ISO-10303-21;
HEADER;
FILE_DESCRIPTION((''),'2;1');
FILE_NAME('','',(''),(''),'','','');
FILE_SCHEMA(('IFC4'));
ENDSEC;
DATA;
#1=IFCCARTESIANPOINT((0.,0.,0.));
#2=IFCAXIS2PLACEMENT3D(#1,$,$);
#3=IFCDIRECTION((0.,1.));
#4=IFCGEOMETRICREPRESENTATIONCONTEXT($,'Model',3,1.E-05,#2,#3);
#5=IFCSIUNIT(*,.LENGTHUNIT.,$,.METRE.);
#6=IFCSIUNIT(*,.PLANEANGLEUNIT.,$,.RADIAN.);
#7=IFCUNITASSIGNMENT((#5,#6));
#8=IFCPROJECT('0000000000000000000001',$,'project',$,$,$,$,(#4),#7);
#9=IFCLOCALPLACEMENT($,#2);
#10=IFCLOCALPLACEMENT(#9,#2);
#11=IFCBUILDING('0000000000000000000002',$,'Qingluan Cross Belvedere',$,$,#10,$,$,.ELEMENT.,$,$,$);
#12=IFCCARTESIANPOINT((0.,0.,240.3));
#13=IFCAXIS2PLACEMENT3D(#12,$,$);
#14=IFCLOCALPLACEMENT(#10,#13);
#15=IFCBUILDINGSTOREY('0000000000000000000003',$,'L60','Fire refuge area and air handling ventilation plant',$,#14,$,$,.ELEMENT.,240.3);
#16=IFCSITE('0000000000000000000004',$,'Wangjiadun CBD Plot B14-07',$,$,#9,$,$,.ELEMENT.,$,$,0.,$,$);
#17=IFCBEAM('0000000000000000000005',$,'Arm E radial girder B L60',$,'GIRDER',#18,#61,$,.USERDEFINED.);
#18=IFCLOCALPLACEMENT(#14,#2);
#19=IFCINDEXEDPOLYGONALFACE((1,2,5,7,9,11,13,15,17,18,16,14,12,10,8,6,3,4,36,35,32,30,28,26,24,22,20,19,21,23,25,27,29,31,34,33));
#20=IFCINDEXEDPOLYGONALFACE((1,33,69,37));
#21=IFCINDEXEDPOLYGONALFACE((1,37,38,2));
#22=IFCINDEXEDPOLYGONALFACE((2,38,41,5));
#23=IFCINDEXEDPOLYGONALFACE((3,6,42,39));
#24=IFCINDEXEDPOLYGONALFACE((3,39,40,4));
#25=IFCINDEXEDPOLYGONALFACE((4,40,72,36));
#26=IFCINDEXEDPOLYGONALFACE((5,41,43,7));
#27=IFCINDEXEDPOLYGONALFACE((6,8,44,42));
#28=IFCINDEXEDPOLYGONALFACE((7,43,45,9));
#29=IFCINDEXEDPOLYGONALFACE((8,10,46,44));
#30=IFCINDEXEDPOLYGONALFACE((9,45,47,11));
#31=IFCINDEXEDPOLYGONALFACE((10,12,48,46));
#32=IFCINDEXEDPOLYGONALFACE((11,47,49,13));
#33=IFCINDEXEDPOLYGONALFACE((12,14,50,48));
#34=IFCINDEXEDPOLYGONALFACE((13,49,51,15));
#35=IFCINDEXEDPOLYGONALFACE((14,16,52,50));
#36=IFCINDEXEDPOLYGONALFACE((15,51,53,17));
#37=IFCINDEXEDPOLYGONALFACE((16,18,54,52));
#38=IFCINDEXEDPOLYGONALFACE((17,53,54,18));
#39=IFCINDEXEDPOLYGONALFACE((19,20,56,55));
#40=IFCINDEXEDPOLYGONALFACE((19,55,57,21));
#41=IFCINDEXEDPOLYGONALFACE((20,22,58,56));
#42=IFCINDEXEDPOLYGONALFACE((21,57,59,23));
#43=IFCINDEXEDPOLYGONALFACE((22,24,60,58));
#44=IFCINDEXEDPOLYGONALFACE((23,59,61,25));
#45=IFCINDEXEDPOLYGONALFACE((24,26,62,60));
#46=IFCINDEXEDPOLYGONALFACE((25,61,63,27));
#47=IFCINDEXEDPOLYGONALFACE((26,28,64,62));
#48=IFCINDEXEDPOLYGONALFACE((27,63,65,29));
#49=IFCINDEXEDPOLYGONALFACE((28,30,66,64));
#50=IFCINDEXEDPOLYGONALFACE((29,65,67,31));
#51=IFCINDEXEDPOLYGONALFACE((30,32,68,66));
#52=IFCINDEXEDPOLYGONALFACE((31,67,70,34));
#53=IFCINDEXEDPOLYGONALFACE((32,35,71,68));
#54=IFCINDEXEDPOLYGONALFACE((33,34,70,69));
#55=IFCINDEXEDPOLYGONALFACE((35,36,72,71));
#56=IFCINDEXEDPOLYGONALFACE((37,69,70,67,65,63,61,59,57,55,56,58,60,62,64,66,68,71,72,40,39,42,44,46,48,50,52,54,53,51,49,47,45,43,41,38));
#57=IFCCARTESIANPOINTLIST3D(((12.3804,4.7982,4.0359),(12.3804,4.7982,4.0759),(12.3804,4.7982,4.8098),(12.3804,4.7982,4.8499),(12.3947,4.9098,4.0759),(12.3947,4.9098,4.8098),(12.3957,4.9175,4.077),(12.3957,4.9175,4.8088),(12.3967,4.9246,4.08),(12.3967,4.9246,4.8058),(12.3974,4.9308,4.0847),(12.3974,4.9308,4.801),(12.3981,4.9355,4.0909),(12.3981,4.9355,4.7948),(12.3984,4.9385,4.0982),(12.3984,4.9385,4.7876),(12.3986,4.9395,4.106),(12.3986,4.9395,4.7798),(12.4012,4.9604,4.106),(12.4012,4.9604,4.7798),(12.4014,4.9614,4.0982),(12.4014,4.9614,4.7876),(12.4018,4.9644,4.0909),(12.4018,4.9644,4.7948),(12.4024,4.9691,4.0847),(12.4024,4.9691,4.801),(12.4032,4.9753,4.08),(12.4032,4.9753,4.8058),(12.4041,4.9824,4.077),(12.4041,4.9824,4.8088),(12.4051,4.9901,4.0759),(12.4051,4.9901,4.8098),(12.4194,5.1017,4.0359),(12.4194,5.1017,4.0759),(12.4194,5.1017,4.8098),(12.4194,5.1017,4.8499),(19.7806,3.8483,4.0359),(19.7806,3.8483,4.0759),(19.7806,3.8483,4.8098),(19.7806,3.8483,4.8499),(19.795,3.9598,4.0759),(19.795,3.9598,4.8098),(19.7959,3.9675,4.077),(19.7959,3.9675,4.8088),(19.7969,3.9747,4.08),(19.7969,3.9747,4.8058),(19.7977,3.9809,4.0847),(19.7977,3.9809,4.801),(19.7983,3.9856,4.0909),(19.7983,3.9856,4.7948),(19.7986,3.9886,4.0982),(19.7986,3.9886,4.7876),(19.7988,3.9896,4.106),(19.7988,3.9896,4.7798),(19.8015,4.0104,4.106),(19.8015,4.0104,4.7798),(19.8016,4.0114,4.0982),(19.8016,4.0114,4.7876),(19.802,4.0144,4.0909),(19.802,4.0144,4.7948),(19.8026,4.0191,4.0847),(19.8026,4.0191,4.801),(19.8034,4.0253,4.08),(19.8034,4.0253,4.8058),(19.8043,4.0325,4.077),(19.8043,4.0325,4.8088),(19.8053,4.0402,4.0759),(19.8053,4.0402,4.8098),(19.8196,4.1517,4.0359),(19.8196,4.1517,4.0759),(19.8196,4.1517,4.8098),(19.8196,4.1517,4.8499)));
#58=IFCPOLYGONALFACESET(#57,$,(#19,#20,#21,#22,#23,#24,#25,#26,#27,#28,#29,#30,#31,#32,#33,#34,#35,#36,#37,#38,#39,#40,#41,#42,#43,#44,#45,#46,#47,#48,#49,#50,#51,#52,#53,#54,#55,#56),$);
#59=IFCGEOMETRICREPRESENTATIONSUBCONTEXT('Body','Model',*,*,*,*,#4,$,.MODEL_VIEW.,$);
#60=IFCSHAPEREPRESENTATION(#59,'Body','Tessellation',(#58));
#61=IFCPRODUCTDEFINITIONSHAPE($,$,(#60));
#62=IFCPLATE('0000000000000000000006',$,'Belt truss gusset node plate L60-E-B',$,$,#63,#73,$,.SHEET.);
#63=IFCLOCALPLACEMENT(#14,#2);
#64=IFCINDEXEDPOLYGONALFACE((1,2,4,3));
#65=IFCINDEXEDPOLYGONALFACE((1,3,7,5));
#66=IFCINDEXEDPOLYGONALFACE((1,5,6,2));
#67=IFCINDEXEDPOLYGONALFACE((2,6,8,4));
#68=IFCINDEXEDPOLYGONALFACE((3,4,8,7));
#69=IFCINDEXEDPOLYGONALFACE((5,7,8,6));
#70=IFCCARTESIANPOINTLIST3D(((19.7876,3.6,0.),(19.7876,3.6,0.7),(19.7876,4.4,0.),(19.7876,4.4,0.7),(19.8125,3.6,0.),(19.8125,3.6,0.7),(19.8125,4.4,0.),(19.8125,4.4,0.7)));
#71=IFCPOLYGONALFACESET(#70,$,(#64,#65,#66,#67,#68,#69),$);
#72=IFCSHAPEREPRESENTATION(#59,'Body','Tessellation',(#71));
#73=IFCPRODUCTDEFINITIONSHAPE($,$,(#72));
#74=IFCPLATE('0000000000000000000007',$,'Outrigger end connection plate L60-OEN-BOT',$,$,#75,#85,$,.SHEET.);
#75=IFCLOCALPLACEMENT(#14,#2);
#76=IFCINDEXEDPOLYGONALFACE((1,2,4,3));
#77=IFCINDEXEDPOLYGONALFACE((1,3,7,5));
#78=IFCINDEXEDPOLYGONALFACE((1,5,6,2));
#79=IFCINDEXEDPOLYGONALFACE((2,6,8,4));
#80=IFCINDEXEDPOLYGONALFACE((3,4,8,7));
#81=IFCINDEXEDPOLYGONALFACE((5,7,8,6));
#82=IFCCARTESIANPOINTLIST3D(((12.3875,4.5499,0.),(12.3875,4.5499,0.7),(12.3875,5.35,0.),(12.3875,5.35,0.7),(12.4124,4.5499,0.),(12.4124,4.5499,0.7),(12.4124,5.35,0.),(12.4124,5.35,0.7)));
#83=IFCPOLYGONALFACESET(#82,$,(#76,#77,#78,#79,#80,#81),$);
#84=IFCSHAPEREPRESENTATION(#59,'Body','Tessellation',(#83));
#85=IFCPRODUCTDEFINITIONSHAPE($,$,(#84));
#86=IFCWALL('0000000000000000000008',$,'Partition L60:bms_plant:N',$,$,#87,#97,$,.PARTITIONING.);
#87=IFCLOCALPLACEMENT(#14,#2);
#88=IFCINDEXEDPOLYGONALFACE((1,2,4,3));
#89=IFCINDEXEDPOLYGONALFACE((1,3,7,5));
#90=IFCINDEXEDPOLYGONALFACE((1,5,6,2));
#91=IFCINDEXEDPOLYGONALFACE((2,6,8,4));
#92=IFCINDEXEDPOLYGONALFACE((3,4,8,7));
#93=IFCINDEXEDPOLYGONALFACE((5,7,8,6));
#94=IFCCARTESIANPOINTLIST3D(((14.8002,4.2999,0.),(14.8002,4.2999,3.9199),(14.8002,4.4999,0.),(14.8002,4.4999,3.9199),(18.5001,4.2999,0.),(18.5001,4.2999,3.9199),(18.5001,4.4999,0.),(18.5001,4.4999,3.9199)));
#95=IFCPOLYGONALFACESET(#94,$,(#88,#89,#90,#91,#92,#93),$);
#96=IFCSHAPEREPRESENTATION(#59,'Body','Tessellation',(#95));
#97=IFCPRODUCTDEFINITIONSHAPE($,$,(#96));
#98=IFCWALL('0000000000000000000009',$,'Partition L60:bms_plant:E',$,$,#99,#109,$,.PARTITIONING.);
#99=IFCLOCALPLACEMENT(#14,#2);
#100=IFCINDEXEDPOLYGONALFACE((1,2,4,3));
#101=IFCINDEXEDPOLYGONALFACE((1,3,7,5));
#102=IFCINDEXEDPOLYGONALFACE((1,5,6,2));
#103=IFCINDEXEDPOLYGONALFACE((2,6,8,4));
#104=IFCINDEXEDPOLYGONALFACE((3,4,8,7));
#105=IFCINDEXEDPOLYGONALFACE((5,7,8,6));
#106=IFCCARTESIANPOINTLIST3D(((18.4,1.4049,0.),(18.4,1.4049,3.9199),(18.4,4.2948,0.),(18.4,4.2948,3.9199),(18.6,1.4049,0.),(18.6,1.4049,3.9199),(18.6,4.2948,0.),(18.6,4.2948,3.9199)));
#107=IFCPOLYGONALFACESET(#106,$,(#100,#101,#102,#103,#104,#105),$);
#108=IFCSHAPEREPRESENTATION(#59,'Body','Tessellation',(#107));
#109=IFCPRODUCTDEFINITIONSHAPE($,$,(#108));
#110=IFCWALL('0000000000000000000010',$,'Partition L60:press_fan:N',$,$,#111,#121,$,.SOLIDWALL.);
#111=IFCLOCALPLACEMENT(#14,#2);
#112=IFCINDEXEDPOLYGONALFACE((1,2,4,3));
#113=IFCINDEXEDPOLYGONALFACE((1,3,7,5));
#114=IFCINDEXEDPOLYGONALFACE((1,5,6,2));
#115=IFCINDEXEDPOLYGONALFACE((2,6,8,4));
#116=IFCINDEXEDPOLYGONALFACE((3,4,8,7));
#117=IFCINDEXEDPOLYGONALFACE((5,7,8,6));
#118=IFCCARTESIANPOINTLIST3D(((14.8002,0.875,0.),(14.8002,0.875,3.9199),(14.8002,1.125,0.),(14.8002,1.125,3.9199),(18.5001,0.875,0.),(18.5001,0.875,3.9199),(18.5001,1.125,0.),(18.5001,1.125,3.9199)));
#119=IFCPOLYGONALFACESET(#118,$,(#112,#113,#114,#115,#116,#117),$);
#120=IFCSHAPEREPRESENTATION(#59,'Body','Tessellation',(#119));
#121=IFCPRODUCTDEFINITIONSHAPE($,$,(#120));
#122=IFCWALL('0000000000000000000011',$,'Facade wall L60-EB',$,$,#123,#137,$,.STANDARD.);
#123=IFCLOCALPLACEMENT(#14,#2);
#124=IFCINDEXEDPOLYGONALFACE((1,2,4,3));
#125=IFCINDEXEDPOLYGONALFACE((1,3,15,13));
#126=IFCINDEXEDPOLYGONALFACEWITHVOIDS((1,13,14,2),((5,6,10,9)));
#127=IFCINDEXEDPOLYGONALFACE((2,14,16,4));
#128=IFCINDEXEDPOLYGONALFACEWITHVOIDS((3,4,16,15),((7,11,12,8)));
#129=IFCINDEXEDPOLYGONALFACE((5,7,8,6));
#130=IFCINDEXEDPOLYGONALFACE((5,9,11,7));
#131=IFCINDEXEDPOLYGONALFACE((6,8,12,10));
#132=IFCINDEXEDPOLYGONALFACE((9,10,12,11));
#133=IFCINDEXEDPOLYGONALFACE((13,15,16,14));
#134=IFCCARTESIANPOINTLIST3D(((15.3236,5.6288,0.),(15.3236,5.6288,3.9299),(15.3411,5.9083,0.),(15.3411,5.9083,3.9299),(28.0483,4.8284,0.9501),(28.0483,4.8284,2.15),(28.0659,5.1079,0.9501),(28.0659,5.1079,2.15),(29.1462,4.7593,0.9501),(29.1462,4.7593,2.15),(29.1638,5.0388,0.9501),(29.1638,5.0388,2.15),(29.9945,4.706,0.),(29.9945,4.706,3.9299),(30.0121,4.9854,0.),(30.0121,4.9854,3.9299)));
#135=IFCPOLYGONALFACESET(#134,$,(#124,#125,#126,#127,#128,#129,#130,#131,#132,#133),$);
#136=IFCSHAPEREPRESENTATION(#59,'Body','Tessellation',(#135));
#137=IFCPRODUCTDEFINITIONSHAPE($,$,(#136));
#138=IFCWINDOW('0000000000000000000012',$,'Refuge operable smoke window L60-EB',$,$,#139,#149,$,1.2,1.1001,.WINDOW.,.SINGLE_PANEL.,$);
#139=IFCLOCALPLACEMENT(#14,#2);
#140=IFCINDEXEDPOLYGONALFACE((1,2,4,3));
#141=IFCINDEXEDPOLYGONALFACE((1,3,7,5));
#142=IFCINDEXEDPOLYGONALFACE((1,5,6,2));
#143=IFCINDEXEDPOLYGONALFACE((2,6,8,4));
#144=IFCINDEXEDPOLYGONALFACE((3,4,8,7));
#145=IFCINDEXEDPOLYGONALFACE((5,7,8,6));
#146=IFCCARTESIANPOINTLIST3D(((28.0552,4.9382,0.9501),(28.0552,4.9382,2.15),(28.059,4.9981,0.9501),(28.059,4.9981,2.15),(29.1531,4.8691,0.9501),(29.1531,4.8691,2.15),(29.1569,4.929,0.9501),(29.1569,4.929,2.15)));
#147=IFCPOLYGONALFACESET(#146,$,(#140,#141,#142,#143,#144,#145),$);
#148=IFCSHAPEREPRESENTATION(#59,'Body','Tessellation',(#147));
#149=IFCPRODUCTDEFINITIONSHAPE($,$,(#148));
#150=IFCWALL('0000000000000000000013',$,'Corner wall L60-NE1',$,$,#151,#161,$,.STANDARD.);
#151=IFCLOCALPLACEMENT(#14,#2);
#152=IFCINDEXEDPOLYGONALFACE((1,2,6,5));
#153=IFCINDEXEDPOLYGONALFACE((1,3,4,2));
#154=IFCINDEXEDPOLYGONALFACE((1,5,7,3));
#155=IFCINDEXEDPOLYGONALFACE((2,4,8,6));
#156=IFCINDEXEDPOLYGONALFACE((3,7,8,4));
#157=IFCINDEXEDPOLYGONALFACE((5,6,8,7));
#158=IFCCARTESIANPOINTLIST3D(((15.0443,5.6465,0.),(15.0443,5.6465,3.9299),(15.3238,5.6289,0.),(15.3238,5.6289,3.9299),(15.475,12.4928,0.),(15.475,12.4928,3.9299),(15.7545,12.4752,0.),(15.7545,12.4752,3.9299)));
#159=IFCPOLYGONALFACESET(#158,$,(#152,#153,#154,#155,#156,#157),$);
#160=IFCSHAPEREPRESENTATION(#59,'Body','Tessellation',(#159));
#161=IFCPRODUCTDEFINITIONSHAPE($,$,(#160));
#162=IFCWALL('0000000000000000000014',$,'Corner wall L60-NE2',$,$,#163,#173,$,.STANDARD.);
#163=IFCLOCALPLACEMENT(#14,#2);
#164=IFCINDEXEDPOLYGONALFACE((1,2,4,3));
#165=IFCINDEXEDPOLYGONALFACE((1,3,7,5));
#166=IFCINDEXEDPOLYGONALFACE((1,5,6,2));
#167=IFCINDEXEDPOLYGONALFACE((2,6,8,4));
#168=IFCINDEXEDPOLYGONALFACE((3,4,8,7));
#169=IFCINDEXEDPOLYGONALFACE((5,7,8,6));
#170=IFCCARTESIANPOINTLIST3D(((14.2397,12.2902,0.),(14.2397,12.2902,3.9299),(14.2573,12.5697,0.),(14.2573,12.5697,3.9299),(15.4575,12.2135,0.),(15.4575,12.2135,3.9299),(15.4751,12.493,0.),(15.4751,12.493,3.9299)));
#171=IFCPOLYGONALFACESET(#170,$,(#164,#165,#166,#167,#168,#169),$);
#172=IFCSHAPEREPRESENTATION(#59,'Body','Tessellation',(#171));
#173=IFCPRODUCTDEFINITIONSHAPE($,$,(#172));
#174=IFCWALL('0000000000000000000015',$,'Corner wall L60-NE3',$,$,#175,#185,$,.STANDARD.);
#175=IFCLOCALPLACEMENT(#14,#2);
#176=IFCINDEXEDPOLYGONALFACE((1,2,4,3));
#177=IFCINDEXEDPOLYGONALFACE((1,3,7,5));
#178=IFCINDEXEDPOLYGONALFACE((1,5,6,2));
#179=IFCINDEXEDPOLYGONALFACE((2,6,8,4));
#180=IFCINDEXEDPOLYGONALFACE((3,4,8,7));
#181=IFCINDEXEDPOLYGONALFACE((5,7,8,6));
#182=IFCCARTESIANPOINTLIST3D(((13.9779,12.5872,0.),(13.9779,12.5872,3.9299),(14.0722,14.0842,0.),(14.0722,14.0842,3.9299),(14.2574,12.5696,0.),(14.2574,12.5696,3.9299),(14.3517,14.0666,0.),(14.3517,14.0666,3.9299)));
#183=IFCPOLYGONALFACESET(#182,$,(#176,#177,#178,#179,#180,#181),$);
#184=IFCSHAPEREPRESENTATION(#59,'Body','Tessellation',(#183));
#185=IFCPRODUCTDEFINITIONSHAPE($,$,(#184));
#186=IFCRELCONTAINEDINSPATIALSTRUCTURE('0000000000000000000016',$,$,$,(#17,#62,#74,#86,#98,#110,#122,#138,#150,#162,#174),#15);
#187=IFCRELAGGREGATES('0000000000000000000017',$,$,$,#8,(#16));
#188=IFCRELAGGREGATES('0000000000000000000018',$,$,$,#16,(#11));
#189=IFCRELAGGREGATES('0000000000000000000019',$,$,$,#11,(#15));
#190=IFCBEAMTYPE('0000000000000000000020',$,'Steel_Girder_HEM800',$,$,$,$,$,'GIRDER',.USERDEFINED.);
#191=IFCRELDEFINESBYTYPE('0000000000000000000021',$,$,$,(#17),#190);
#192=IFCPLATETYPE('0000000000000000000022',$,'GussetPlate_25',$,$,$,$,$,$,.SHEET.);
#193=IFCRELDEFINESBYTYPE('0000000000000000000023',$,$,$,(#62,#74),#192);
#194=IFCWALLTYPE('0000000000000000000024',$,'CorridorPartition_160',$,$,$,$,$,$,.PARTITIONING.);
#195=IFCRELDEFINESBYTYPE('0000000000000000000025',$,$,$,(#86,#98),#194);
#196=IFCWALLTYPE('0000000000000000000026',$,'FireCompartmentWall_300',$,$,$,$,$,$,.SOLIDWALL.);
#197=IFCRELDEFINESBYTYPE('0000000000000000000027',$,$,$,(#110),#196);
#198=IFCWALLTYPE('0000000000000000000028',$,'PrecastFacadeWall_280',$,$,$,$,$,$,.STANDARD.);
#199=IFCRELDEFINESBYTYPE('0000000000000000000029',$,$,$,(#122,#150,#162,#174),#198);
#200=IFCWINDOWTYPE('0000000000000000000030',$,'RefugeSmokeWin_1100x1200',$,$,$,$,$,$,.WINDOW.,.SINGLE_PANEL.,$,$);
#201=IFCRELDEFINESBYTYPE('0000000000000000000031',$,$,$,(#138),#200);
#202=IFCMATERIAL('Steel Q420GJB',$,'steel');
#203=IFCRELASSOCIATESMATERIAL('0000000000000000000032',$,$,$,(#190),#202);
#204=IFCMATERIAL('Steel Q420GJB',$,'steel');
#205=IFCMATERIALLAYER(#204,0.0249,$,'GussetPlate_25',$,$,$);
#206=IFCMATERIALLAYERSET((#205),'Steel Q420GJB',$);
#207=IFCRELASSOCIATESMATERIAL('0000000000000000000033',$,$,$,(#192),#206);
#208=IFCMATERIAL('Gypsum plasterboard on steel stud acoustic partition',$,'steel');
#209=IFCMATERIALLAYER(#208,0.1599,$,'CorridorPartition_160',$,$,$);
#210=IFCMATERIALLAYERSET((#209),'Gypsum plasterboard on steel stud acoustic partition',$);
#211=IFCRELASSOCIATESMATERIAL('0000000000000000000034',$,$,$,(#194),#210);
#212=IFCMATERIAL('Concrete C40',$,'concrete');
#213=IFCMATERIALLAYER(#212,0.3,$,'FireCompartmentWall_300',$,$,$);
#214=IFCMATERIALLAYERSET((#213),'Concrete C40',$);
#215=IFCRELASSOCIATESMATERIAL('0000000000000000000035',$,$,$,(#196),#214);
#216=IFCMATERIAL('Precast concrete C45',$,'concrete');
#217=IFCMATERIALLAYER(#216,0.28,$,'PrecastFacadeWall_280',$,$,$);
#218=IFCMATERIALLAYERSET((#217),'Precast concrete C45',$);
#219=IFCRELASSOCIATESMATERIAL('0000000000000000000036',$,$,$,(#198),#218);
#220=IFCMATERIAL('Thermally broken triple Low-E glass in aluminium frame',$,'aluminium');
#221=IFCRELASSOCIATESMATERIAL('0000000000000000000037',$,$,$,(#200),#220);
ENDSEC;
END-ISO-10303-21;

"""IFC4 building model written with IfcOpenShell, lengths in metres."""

from ifc_helpers import new_model, si_unit, direction, frame, frame_2d, origin, origin_2d, place, context, subcontext, project, spatial, rectangle, i_section, extrude, material, layer, layer_set, material_profile, profile_set, type_object, element, fill, save


model = new_model("IFC4")

# Units and contexts
model_context = context("Model", 3, precision=1e-05, world=origin(), true_north=direction((0.0, 1.0)))
body_context = subcontext(model_context, "Body", "Model", "MODEL_VIEW")
ifc_project = project(units=[si_unit("LENGTHUNIT", "METRE"), si_unit("PLANEANGLEUNIT", "RADIAN")], contexts=[model_context])

# Site, building, storey
site_placement = place(None, origin())
site = spatial("IfcSite", under=ifc_project, at=site_placement, Name="Wangjiadun CBD Plot B14-07", CompositionType="ELEMENT", RefElevation=0.0)
building_placement = place(site_placement, origin())
building = spatial("IfcBuilding", under=site, at=building_placement, Name="Qingluan Cross Belvedere", CompositionType="ELEMENT")
storey_placement = place(building_placement, frame((0.0, 0.0, 240.3)))
storey = spatial("IfcBuildingStorey", under=building, at=storey_placement, Name="L60", Description="Fire refuge area and air handling ventilation plant", CompositionType="ELEMENT", Elevation=240.3)

# Beam
ifc_material_1 = material(Name="Steel Q420GJB", Category="steel")
ifc_material_profile_1 = material_profile(ifc_material_1, i_section(OverallWidth=0.3059, OverallDepth=0.814, WebThickness=0.021, FlangeThickness=0.04, FilletRadius=0.03, at=origin_2d()), Name="HEM800")
ifc_profile_set_1 = profile_set([ifc_material_profile_1], Name="Steel Q420GJB")
beam_type = type_object("IfcBeamType", Name="Steel_Girder_HEM800", ElementType="GIRDER", PredefinedType="USERDEFINED", material=ifc_profile_set_1)
beam_1_placement = place(storey_placement, frame((12.3999, 4.95, 4.4429), z_axis=(0.991861, -0.127324, 0.0), x_axis=(0.127324, 0.991861, 0.0)))
element("IfcBeam", 1, at=beam_1_placement, inside=storey, type_object=beam_type, Name="Arm E radial girder B L60", ObjectType="GIRDER", PredefinedType="USERDEFINED", context=body_context, shape_type="SweptSolid", body=[
    extrude(i_section(OverallWidth=0.3059, OverallDepth=0.814, WebThickness=0.021, FlangeThickness=0.04, FilletRadius=0.03, at=origin_2d()), origin(), (0.0, 0.0, 1.0), 7.4609),
])

# Plates
ifc_material_2 = material(Name="Steel Q420GJB", Category="steel")
ifc_layer_1 = layer(ifc_material_2, 0.0249, Name="GussetPlate_25")
ifc_layer_set_1 = layer_set([ifc_layer_1], Name="Steel Q420GJB")
plate_type = type_object("IfcPlateType", Name="GussetPlate_25", PredefinedType="SHEET", material=ifc_layer_set_1)
for number, where, z_axis, x_axis, name in (
    (2, (19.8, 4.0, 0.0), (0.0, 0.0, 1.0), (0.0, 1.0, 0.0), "Belt truss gusset node plate L60-E-B"),
    (3, (12.3999, 4.95, 0.0), (0.0, 0.0, 1.0), (0.0, 1.0, 0.0), "Outrigger end connection plate L60-OEN-BOT"),
):
    element("IfcPlate", number, at=place(storey_placement, frame(where, z_axis=z_axis, x_axis=x_axis)), inside=storey, type_object=plate_type, Name=name, PredefinedType="SHEET", context=body_context, shape_type="SweptSolid", body=[
        extrude(rectangle(XDim=0.8, YDim=0.0249, at=origin_2d()), origin(), (0.0, 0.0, 1.0), 0.7),
    ])

# Wall
ifc_material_3 = material(Name="Gypsum plasterboard on steel stud acoustic partition", Category="steel")
ifc_layer_2 = layer(ifc_material_3, 0.1599, Name="CorridorPartition_160")
ifc_layer_set_2 = layer_set([ifc_layer_2], Name="Gypsum plasterboard on steel stud acoustic partition")
wall_type_1 = type_object("IfcWallType", Name="CorridorPartition_160", PredefinedType="PARTITIONING", material=ifc_layer_set_2)
wall_1_placement = place(storey_placement, frame((14.8, 4.3999, 0.0), z_axis=(0.0, 0.0, 1.0), x_axis=(1.0, 0.0, 0.0)))
element("IfcWall", 4, at=wall_1_placement, inside=storey, type_object=wall_type_1, Name="Partition L60:bms_plant:N", PredefinedType="PARTITIONING", context=body_context, shape_type="SweptSolid", body=[
    extrude(rectangle(XDim=3.7, YDim=0.2, at=frame_2d((1.8501, 0.0))), origin(), (0.0, 0.0, 1.0), 3.9199),
])

# Walls
wall_2_placement = place(storey_placement, frame((18.5, 1.405, 0.0), z_axis=(0.0, 0.0, 1.0), x_axis=(0.0, 1.0, 0.0)))
element("IfcWall", 5, at=wall_2_placement, inside=storey, type_object=wall_type_1, Name="Partition L60:bms_plant:E", PredefinedType="PARTITIONING", context=body_context, shape_type="SweptSolid", body=[
    extrude(rectangle(XDim=2.8899, YDim=0.2, at=frame_2d((1.4448, 0.0))), origin(), (0.0, 0.0, 1.0), 3.9199),
])
ifc_material_4 = material(Name="Concrete C40", Category="concrete")
ifc_layer_3 = layer(ifc_material_4, 0.3, Name="FireCompartmentWall_300")
ifc_layer_set_3 = layer_set([ifc_layer_3], Name="Concrete C40")
wall_type_2 = type_object("IfcWallType", Name="FireCompartmentWall_300", PredefinedType="SOLIDWALL", material=ifc_layer_set_3)
wall_3_placement = place(storey_placement, frame((14.8, 1.0, 0.0), z_axis=(0.0, 0.0, 1.0), x_axis=(1.0, 0.0, 0.0)))
element("IfcWall", 6, at=wall_3_placement, inside=storey, type_object=wall_type_2, Name="Partition L60:press_fan:N", PredefinedType="SOLIDWALL", context=body_context, shape_type="SweptSolid", body=[
    extrude(rectangle(XDim=3.7, YDim=0.25, at=frame_2d((1.8501, 0.0))), origin(), (0.0, 0.0, 1.0), 3.9199),
])

# Wall, opening, window
ifc_material_5 = material(Name="Precast concrete C45", Category="concrete")
ifc_layer_4 = layer(ifc_material_5, 0.28, Name="PrecastFacadeWall_280")
ifc_layer_set_4 = layer_set([ifc_layer_4], Name="Precast concrete C45")
wall_type_3 = type_object("IfcWallType", Name="PrecastFacadeWall_280", PredefinedType="STANDARD", material=ifc_layer_set_4)
wall_4_placement = place(storey_placement, frame((30.0034, 4.8457, 0.0), z_axis=(0.0, 0.0, 1.0), x_axis=(-0.998027, 0.062779, 0.0)))
wall_4 = element("IfcWall", 7, at=wall_4_placement, inside=storey, type_object=wall_type_3, Name="Facade wall L60-EB", PredefinedType="STANDARD", context=body_context, shape_type="SweptSolid", body=[
    extrude(rectangle(XDim=14.7, YDim=0.28, at=frame_2d((7.3501, 0.0))), origin(), (0.0, 0.0, 1.0), 3.9299),
])
opening_1_placement = place(wall_4_placement, frame((0.8501, 0.0, 0.95)))
opening_1 = element("IfcOpeningElement", 8, at=opening_1_placement, cuts=wall_4, PredefinedType="OPENING", context=body_context, shape_type="SweptSolid", body=[
    extrude(rectangle(XDim=1.1001, YDim=1.2, at=frame_2d((0.55, 0.6001))), frame((0.0, 0.1499, 0.0), z_axis=(0.0, -1.0, 0.0), x_axis=(1.0, 0.0, 0.0)), (0.0, 0.0, 1.0), 0.3),
])
ifc_material_6 = material(Name="Thermally broken triple Low-E glass in aluminium frame", Category="aluminium")
window_type = type_object("IfcWindowType", Name="RefugeSmokeWin_1100x1200", PartitioningType="SINGLE_PANEL", PredefinedType="WINDOW", material=ifc_material_6)
window_placement = place(opening_1_placement, origin())
window = element("IfcWindow", 9, at=window_placement, inside=storey, type_object=window_type, Name="Refuge operable smoke window L60-EB", OverallHeight=1.2, OverallWidth=1.1001, PartitioningType="SINGLE_PANEL", PredefinedType="WINDOW", context=body_context, shape_type="SweptSolid", body=[
    extrude(rectangle(XDim=1.1001, YDim=1.2, at=frame_2d((0.55, 0.6001))), frame((0.0, 0.03, 0.0), z_axis=(0.0, -1.0, 0.0), x_axis=(1.0, 0.0, 0.0)), (0.0, 0.0, 1.0), 0.0601),
])
fill(opening_1, window)

# Walls
wall_5_placement = place(storey_placement, frame((15.1841, 5.6377, 0.0), z_axis=(0.0, 0.0, 1.0), x_axis=(0.062779, 0.998027, 0.0)))
element("IfcWall", 10, at=wall_5_placement, inside=storey, type_object=wall_type_3, Name="Corner wall L60-NE1", PredefinedType="STANDARD", context=body_context, shape_type="SweptSolid", body=[
    extrude(rectangle(XDim=6.8599, YDim=0.28, at=frame_2d((3.4299, 0.0))), origin(), (0.0, 0.0, 1.0), 3.9299),
])
wall_6_placement = place(storey_placement, frame((15.4663, 12.3533, 0.0), z_axis=(0.0, 0.0, 1.0), x_axis=(-0.998024, 0.062827, 0.0)))
element("IfcWall", 11, at=wall_6_placement, inside=storey, type_object=wall_type_3, Name="Corner wall L60-NE2", PredefinedType="STANDARD", context=body_context, shape_type="SweptSolid", body=[
    extrude(rectangle(XDim=1.2202, YDim=0.28, at=frame_2d((0.6101, 0.0))), origin(), (0.0, 0.0, 1.0), 3.9299),
])
wall_7_placement = place(storey_placement, frame((14.1177, 12.5784, 0.0), z_axis=(0.0, 0.0, 1.0), x_axis=(0.062824, 0.998025, 0.0)))
element("IfcWall", 12, at=wall_7_placement, inside=storey, type_object=wall_type_3, Name="Corner wall L60-NE3", PredefinedType="STANDARD", context=body_context, shape_type="SweptSolid", body=[
    extrude(rectangle(XDim=1.5, YDim=0.28, at=frame_2d((0.75, 0.0))), origin(), (0.0, 0.0, 1.0), 3.9299),
])

save(model, "model.ifc")
